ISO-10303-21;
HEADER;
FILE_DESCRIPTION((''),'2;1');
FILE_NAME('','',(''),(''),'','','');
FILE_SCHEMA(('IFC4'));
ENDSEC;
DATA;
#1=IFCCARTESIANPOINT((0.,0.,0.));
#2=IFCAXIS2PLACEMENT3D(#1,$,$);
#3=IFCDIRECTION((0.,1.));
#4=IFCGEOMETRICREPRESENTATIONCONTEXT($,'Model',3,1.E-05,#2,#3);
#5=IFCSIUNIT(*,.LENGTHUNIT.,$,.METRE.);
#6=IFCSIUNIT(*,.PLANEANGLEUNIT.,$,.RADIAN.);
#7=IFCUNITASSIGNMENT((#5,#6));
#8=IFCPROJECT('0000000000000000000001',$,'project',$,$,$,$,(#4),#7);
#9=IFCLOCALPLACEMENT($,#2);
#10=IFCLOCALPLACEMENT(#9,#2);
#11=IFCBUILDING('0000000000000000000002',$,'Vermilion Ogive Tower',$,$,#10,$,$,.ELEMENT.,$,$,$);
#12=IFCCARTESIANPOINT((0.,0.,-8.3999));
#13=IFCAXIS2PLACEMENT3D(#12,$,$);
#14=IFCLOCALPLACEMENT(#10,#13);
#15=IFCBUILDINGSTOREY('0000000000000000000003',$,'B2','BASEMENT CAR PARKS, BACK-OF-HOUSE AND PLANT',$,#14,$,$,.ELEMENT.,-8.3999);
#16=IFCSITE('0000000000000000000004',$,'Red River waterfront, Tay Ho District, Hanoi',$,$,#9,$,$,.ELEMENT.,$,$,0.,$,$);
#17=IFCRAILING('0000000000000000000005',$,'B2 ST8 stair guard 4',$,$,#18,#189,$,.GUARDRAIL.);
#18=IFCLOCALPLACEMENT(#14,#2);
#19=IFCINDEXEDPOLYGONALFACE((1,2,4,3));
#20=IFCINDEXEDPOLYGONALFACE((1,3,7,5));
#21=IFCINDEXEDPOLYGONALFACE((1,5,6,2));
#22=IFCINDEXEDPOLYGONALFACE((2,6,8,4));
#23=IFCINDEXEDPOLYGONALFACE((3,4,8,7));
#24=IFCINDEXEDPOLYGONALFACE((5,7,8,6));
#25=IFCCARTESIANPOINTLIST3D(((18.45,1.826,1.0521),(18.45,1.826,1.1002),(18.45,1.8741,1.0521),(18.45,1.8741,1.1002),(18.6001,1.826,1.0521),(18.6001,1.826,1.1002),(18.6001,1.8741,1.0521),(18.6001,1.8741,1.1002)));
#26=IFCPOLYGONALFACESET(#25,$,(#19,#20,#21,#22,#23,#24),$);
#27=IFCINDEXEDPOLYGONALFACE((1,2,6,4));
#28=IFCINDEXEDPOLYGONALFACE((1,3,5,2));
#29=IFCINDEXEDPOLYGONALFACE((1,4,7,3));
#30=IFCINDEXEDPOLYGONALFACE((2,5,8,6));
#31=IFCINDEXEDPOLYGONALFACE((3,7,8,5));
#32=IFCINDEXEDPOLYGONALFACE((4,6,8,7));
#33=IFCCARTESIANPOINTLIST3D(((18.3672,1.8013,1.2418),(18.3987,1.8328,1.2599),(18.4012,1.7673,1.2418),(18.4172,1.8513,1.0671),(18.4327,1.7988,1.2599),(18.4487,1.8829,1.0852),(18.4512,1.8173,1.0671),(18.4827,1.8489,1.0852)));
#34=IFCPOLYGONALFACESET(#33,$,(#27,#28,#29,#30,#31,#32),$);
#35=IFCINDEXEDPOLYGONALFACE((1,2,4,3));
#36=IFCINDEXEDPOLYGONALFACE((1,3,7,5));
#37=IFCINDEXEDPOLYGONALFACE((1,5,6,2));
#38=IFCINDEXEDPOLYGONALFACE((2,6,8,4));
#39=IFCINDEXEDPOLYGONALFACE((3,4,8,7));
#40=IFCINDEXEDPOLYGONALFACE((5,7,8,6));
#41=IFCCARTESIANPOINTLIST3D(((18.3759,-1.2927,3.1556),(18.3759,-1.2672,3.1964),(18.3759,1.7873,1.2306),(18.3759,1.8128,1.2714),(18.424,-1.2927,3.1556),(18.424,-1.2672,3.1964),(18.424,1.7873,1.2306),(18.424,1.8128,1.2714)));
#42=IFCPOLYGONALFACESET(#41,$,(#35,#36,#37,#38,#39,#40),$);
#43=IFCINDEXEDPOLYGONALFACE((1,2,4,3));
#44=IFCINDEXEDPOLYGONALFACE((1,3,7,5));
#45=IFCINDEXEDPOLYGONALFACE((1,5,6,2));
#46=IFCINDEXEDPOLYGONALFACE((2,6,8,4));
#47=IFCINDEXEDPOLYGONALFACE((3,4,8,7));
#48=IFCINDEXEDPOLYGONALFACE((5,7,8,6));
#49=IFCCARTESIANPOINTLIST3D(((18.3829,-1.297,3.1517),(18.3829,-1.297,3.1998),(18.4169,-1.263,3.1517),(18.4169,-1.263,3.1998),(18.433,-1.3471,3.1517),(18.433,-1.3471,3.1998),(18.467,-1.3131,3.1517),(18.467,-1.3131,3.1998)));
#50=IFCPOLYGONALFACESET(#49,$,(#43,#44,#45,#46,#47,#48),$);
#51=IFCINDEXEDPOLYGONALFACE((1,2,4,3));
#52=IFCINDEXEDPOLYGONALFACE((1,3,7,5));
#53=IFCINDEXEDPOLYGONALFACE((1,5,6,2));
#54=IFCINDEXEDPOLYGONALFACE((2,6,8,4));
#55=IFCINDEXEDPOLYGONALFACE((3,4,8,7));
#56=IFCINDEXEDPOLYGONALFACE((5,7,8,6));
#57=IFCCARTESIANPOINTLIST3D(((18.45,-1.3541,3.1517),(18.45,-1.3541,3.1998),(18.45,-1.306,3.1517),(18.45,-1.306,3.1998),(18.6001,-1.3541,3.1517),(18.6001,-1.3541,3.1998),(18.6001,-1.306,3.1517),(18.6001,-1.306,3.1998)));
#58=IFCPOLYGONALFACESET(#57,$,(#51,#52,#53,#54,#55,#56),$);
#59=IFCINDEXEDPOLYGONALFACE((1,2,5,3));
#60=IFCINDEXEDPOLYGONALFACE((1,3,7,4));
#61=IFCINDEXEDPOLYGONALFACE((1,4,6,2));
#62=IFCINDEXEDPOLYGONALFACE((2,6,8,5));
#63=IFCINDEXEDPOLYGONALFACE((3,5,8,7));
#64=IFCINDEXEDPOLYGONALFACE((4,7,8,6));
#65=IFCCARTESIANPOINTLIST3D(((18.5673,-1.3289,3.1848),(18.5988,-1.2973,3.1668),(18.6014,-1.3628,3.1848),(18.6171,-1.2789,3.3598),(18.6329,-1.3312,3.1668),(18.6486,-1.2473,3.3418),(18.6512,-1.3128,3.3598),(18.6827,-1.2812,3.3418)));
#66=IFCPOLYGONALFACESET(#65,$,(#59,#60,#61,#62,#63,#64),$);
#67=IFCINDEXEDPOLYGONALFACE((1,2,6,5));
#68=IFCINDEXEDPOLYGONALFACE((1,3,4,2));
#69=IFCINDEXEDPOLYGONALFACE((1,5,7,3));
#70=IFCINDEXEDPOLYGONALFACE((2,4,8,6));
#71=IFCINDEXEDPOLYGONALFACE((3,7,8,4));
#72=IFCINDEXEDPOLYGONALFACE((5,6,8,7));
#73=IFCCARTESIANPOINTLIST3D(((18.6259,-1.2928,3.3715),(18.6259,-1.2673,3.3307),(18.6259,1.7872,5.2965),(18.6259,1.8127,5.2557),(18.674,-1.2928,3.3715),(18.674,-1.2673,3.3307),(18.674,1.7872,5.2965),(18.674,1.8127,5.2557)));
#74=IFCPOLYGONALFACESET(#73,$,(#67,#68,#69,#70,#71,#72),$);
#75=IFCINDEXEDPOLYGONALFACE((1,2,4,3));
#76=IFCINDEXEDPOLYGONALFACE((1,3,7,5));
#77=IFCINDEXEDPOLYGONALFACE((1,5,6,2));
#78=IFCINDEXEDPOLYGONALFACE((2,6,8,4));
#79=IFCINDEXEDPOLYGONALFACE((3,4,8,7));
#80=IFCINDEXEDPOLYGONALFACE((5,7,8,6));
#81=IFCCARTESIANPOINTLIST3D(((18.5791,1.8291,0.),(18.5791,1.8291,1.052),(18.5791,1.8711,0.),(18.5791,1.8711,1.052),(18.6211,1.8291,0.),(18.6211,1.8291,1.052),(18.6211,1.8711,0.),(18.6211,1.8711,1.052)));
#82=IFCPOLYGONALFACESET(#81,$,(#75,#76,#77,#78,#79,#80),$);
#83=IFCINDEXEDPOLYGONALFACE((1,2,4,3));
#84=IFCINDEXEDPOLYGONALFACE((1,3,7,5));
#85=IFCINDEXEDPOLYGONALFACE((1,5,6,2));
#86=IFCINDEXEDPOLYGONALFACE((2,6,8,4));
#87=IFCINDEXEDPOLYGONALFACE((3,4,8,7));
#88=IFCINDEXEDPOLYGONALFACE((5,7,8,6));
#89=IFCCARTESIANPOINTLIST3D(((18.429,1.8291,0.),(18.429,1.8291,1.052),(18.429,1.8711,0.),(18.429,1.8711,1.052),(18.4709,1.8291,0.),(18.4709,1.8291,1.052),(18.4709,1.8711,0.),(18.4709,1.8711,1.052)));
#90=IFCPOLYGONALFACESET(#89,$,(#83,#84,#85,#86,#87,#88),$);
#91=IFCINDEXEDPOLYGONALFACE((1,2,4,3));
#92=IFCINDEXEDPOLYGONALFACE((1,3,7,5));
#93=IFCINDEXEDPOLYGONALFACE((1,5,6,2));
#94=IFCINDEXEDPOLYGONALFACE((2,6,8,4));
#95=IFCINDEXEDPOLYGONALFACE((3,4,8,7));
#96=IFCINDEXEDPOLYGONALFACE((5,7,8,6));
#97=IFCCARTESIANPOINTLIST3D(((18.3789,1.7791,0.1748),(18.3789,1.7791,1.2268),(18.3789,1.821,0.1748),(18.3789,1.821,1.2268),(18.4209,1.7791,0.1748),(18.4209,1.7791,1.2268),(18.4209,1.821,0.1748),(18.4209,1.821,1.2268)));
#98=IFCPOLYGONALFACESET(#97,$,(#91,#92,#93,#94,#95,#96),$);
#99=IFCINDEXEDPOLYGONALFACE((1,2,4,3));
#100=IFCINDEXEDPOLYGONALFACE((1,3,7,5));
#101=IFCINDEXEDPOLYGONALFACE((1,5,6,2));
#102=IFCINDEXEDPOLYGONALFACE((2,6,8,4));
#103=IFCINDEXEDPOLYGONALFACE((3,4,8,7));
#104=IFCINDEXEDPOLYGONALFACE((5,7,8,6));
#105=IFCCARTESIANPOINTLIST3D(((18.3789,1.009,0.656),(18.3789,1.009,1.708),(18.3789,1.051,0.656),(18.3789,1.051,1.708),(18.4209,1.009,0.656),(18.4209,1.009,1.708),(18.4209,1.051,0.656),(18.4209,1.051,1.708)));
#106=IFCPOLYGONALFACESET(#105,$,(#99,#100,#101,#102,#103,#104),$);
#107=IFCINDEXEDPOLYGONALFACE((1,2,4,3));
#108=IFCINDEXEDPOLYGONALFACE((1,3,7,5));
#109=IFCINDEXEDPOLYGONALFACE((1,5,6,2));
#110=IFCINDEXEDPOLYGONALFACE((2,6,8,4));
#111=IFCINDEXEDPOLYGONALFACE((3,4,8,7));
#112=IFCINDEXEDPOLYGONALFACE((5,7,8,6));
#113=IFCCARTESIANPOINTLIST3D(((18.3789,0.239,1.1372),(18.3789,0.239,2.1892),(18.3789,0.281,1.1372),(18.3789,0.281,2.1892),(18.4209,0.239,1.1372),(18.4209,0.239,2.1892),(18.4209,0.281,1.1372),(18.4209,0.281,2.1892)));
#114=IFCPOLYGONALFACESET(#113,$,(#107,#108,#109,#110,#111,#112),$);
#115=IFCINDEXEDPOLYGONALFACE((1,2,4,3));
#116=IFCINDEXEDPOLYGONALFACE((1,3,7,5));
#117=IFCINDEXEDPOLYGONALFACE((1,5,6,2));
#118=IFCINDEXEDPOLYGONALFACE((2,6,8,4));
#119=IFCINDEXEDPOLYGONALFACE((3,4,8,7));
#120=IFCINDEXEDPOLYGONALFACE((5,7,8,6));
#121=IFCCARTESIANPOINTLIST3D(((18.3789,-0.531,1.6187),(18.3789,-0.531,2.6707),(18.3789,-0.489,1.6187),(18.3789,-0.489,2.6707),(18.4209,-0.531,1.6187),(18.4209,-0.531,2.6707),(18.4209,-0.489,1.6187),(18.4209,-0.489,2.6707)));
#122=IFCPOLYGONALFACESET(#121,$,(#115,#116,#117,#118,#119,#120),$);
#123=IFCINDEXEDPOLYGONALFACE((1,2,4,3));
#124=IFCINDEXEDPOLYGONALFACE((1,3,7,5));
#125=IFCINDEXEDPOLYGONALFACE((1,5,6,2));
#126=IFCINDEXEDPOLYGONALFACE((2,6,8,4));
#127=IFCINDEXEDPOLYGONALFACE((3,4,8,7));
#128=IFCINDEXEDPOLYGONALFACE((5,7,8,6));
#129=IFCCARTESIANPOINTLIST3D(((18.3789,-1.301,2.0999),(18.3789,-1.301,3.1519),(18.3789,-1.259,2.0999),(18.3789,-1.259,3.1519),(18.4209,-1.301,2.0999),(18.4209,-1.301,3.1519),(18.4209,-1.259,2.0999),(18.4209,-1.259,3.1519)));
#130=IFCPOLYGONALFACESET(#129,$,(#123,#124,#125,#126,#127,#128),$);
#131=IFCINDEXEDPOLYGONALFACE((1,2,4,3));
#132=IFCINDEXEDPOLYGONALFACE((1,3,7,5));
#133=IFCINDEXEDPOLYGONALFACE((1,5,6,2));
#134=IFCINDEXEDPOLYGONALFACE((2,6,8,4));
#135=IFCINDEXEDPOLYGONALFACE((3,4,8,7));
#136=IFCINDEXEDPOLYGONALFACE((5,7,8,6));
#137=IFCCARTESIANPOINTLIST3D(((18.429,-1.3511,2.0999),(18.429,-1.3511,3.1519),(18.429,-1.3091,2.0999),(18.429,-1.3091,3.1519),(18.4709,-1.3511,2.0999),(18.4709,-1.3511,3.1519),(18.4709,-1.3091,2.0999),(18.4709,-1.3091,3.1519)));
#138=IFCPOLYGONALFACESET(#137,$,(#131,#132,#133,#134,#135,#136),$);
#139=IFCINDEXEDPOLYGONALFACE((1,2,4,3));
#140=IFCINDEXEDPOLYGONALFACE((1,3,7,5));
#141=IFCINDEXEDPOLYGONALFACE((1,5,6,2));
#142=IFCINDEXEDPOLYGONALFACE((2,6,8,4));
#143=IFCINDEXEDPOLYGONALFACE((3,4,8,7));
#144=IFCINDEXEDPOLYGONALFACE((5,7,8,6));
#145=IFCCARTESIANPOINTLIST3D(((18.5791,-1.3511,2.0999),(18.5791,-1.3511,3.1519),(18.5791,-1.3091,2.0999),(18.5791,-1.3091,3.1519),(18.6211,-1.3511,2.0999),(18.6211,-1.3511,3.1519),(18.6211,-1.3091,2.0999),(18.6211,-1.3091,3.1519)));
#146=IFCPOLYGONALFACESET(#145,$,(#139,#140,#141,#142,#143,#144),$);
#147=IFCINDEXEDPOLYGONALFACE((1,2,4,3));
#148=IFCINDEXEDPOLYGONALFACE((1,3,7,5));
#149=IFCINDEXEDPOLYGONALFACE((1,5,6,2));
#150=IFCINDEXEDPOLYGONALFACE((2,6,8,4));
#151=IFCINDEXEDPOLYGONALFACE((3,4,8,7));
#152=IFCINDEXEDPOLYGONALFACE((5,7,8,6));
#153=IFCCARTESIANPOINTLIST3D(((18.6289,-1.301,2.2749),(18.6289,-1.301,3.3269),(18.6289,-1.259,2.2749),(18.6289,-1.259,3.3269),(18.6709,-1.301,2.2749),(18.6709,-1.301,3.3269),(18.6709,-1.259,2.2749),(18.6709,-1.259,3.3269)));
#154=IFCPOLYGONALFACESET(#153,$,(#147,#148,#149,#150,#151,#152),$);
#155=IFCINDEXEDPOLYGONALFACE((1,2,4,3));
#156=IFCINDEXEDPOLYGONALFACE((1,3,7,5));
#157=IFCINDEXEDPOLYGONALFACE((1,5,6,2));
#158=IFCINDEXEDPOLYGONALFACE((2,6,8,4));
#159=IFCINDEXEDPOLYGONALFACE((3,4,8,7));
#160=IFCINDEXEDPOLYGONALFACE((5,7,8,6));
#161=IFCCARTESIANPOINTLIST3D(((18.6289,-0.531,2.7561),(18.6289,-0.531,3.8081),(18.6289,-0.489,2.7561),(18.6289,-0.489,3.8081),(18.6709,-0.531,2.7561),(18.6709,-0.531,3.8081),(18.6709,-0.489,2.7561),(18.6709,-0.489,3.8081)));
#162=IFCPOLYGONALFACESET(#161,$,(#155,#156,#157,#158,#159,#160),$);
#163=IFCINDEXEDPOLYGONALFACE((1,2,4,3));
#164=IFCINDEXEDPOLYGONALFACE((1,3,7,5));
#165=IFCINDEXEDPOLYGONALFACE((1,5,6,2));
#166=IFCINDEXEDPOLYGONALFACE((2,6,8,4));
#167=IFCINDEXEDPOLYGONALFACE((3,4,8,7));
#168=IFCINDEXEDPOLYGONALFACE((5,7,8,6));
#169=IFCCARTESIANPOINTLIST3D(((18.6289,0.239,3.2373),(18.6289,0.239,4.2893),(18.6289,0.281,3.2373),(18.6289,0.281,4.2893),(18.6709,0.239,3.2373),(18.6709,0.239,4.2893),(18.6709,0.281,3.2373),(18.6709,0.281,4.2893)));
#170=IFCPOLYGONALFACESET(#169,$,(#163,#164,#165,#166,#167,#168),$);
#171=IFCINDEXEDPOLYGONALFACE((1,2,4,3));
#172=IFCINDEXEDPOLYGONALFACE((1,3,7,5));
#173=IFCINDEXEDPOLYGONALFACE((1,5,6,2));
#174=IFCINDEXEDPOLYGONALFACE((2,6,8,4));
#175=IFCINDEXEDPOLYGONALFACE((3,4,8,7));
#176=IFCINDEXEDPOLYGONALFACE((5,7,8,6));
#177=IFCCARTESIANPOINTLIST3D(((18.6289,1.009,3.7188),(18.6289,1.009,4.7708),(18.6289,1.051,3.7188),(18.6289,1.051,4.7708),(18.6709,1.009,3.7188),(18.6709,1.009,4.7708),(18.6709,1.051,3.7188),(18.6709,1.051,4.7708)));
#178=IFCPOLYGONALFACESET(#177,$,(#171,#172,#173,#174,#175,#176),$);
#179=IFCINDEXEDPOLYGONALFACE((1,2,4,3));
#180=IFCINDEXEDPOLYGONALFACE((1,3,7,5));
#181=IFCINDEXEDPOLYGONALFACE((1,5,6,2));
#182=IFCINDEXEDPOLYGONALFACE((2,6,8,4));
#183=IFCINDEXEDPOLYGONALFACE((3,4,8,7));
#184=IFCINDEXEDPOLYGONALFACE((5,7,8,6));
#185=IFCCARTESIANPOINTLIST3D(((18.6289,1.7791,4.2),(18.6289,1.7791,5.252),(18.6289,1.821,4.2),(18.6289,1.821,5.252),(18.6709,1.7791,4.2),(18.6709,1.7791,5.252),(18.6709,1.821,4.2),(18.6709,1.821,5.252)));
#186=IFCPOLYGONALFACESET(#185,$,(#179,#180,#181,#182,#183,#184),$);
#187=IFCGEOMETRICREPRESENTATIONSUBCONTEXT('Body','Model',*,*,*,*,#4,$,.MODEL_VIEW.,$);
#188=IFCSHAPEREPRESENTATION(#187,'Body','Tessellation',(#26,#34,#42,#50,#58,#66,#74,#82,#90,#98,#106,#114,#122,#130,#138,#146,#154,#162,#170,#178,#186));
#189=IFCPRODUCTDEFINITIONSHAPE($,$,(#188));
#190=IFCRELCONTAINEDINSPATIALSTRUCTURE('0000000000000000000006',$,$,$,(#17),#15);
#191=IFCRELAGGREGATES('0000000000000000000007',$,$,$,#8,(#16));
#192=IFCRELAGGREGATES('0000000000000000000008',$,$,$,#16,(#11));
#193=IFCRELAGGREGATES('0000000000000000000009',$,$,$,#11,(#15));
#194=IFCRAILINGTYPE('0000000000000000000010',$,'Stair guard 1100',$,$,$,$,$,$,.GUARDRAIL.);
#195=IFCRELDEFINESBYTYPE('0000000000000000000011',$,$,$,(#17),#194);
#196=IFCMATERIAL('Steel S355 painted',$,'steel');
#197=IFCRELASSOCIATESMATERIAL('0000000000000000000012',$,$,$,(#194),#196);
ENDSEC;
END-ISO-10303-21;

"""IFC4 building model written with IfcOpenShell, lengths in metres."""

from ifc_helpers import new_model, si_unit, direction, frame, origin, origin_2d, place, context, subcontext, project, spatial, rectangle, extrude, material, type_object, element, save


model = new_model("IFC4")

# Units and contexts
model_context = context("Model", 3, precision=1e-05, world=origin(), true_north=direction((0.0, 1.0)))
body_context = subcontext(model_context, "Body", "Model", "MODEL_VIEW")
ifc_project = project(units=[si_unit("LENGTHUNIT", "METRE"), si_unit("PLANEANGLEUNIT", "RADIAN")], contexts=[model_context])

# Site, building, storey
site_placement = place(None, origin())
site = spatial("IfcSite", under=ifc_project, at=site_placement, Name="Red River waterfront, Tay Ho District, Hanoi", CompositionType="ELEMENT", RefElevation=0.0)
building_placement = place(site_placement, origin())
building = spatial("IfcBuilding", under=site, at=building_placement, Name="Vermilion Ogive Tower", CompositionType="ELEMENT")
storey_placement = place(building_placement, frame((0.0, 0.0, -8.3999)))
storey = spatial("IfcBuildingStorey", under=building, at=storey_placement, Name="B2", Description="BASEMENT CAR PARKS, BACK-OF-HOUSE AND PLANT", CompositionType="ELEMENT", Elevation=-8.3999)

# Railing
ifc_material_1 = material(Name="Steel S355 painted", Category="steel")
railing_type_1 = type_object("IfcRailingType", Name="Stair guard 1100", PredefinedType="GUARDRAIL", material=ifc_material_1)
railing_1_placement = place(storey_placement, frame((18.6001, 1.8501, 0.0)))
element("IfcRailing", 1, at=railing_1_placement, inside=storey, type_object=railing_type_1, Name="B2 ST8 stair guard 4", PredefinedType="GUARDRAIL", context=body_context, shape_type="SweptSolid", body=[
    extrude(rectangle(XDim=0.0481, YDim=0.0481, at=origin_2d()), frame((0.0, 0.0, 1.0762), z_axis=(-1.0, 0.0, 0.0), x_axis=(0.0, -1.0, 0.0)), (0.0, 0.0, 1.0), 0.1501),
    extrude(rectangle(XDim=0.0481, YDim=0.0481, at=origin_2d()), frame((-0.1501, 0.0, 1.0762), z_axis=(-0.265383, -0.265383, 0.9269), x_axis=(0.707107, -0.707107, 0.0)), (0.0, 0.0, 1.0), 0.1885),
    extrude(rectangle(XDim=0.0481, YDim=0.0481, at=origin_2d()), frame((-0.2002, -0.05, 1.251), z_axis=(0.0, -0.847998, 0.529999), x_axis=(1.0, 0.0, 0.0)), (0.0, 0.0, 1.0), 3.6321),
    extrude(rectangle(XDim=0.0481, YDim=0.0481, at=origin_2d()), frame((-0.2002, -3.1301, 3.1758), z_axis=(0.707107, -0.707107, 0.0), x_axis=(0.707107, 0.707107, 0.0)), (0.0, 0.0, 1.0), 0.0708),
    extrude(rectangle(XDim=0.0481, YDim=0.0481, at=origin_2d()), frame((-0.1501, -3.1802, 3.1758), z_axis=(1.0, 0.0, 0.0), x_axis=(0.0, 1.0, 0.0)), (0.0, 0.0, 1.0), 0.1501),
    extrude(rectangle(XDim=0.0481, YDim=0.0481, at=origin_2d()), frame((0.0, -3.1802, 3.1758), z_axis=(0.263862, 0.265156, 0.927399), x_axis=(-0.708834, 0.705376, 0.0)), (0.0, 0.0, 1.0), 0.1887),
    extrude(rectangle(XDim=0.0481, YDim=0.0481, at=origin_2d()), frame((0.0498, -3.1301, 3.3511), z_axis=(0.0, 0.847998, 0.529999), x_axis=(-1.0, 0.0, 0.0)), (0.0, 0.0, 1.0), 3.6321),
    extrude(rectangle(XDim=0.042, YDim=0.042, at=origin_2d()), origin(), (0.0, 0.0, 1.0), 1.052),
    extrude(rectangle(XDim=0.042, YDim=0.042, at=origin_2d()), frame((-0.1501, 0.0, 0.0)), (0.0, 0.0, 1.0), 1.052),
    extrude(rectangle(XDim=0.042, YDim=0.042, at=origin_2d()), frame((-0.2002, -0.05, 0.1748)), (0.0, 0.0, 1.0), 1.052),
    extrude(rectangle(XDim=0.042, YDim=0.042, at=origin_2d()), frame((-0.2002, -0.8201, 0.656)), (0.0, 0.0, 1.0), 1.052),
    extrude(rectangle(XDim=0.042, YDim=0.042, at=origin_2d()), frame((-0.2002, -1.5901, 1.1372)), (0.0, 0.0, 1.0), 1.052),
    extrude(rectangle(XDim=0.042, YDim=0.042, at=origin_2d()), frame((-0.2002, -2.3601, 1.6187)), (0.0, 0.0, 1.0), 1.052),
    extrude(rectangle(XDim=0.042, YDim=0.042, at=origin_2d()), frame((-0.2002, -3.1301, 2.0999)), (0.0, 0.0, 1.0), 1.052),
    extrude(rectangle(XDim=0.042, YDim=0.042, at=origin_2d()), frame((-0.1501, -3.1802, 2.0999)), (0.0, 0.0, 1.0), 1.052),
    extrude(rectangle(XDim=0.042, YDim=0.042, at=origin_2d()), frame((0.0, -3.1802, 2.0999)), (0.0, 0.0, 1.0), 1.052),
    extrude(rectangle(XDim=0.042, YDim=0.042, at=origin_2d()), frame((0.0498, -3.1301, 2.2749)), (0.0, 0.0, 1.0), 1.052),
    extrude(rectangle(XDim=0.042, YDim=0.042, at=origin_2d()), frame((0.0498, -2.3601, 2.7561)), (0.0, 0.0, 1.0), 1.052),
    extrude(rectangle(XDim=0.042, YDim=0.042, at=origin_2d()), frame((0.0498, -1.5901, 3.2373)), (0.0, 0.0, 1.0), 1.052),
    extrude(rectangle(XDim=0.042, YDim=0.042, at=origin_2d()), frame((0.0498, -0.8201, 3.7188)), (0.0, 0.0, 1.0), 1.052),
    extrude(rectangle(XDim=0.042, YDim=0.042, at=origin_2d()), frame((0.0498, -0.05, 4.2)), (0.0, 0.0, 1.0), 1.052),
])

save(model, "model.ifc")
